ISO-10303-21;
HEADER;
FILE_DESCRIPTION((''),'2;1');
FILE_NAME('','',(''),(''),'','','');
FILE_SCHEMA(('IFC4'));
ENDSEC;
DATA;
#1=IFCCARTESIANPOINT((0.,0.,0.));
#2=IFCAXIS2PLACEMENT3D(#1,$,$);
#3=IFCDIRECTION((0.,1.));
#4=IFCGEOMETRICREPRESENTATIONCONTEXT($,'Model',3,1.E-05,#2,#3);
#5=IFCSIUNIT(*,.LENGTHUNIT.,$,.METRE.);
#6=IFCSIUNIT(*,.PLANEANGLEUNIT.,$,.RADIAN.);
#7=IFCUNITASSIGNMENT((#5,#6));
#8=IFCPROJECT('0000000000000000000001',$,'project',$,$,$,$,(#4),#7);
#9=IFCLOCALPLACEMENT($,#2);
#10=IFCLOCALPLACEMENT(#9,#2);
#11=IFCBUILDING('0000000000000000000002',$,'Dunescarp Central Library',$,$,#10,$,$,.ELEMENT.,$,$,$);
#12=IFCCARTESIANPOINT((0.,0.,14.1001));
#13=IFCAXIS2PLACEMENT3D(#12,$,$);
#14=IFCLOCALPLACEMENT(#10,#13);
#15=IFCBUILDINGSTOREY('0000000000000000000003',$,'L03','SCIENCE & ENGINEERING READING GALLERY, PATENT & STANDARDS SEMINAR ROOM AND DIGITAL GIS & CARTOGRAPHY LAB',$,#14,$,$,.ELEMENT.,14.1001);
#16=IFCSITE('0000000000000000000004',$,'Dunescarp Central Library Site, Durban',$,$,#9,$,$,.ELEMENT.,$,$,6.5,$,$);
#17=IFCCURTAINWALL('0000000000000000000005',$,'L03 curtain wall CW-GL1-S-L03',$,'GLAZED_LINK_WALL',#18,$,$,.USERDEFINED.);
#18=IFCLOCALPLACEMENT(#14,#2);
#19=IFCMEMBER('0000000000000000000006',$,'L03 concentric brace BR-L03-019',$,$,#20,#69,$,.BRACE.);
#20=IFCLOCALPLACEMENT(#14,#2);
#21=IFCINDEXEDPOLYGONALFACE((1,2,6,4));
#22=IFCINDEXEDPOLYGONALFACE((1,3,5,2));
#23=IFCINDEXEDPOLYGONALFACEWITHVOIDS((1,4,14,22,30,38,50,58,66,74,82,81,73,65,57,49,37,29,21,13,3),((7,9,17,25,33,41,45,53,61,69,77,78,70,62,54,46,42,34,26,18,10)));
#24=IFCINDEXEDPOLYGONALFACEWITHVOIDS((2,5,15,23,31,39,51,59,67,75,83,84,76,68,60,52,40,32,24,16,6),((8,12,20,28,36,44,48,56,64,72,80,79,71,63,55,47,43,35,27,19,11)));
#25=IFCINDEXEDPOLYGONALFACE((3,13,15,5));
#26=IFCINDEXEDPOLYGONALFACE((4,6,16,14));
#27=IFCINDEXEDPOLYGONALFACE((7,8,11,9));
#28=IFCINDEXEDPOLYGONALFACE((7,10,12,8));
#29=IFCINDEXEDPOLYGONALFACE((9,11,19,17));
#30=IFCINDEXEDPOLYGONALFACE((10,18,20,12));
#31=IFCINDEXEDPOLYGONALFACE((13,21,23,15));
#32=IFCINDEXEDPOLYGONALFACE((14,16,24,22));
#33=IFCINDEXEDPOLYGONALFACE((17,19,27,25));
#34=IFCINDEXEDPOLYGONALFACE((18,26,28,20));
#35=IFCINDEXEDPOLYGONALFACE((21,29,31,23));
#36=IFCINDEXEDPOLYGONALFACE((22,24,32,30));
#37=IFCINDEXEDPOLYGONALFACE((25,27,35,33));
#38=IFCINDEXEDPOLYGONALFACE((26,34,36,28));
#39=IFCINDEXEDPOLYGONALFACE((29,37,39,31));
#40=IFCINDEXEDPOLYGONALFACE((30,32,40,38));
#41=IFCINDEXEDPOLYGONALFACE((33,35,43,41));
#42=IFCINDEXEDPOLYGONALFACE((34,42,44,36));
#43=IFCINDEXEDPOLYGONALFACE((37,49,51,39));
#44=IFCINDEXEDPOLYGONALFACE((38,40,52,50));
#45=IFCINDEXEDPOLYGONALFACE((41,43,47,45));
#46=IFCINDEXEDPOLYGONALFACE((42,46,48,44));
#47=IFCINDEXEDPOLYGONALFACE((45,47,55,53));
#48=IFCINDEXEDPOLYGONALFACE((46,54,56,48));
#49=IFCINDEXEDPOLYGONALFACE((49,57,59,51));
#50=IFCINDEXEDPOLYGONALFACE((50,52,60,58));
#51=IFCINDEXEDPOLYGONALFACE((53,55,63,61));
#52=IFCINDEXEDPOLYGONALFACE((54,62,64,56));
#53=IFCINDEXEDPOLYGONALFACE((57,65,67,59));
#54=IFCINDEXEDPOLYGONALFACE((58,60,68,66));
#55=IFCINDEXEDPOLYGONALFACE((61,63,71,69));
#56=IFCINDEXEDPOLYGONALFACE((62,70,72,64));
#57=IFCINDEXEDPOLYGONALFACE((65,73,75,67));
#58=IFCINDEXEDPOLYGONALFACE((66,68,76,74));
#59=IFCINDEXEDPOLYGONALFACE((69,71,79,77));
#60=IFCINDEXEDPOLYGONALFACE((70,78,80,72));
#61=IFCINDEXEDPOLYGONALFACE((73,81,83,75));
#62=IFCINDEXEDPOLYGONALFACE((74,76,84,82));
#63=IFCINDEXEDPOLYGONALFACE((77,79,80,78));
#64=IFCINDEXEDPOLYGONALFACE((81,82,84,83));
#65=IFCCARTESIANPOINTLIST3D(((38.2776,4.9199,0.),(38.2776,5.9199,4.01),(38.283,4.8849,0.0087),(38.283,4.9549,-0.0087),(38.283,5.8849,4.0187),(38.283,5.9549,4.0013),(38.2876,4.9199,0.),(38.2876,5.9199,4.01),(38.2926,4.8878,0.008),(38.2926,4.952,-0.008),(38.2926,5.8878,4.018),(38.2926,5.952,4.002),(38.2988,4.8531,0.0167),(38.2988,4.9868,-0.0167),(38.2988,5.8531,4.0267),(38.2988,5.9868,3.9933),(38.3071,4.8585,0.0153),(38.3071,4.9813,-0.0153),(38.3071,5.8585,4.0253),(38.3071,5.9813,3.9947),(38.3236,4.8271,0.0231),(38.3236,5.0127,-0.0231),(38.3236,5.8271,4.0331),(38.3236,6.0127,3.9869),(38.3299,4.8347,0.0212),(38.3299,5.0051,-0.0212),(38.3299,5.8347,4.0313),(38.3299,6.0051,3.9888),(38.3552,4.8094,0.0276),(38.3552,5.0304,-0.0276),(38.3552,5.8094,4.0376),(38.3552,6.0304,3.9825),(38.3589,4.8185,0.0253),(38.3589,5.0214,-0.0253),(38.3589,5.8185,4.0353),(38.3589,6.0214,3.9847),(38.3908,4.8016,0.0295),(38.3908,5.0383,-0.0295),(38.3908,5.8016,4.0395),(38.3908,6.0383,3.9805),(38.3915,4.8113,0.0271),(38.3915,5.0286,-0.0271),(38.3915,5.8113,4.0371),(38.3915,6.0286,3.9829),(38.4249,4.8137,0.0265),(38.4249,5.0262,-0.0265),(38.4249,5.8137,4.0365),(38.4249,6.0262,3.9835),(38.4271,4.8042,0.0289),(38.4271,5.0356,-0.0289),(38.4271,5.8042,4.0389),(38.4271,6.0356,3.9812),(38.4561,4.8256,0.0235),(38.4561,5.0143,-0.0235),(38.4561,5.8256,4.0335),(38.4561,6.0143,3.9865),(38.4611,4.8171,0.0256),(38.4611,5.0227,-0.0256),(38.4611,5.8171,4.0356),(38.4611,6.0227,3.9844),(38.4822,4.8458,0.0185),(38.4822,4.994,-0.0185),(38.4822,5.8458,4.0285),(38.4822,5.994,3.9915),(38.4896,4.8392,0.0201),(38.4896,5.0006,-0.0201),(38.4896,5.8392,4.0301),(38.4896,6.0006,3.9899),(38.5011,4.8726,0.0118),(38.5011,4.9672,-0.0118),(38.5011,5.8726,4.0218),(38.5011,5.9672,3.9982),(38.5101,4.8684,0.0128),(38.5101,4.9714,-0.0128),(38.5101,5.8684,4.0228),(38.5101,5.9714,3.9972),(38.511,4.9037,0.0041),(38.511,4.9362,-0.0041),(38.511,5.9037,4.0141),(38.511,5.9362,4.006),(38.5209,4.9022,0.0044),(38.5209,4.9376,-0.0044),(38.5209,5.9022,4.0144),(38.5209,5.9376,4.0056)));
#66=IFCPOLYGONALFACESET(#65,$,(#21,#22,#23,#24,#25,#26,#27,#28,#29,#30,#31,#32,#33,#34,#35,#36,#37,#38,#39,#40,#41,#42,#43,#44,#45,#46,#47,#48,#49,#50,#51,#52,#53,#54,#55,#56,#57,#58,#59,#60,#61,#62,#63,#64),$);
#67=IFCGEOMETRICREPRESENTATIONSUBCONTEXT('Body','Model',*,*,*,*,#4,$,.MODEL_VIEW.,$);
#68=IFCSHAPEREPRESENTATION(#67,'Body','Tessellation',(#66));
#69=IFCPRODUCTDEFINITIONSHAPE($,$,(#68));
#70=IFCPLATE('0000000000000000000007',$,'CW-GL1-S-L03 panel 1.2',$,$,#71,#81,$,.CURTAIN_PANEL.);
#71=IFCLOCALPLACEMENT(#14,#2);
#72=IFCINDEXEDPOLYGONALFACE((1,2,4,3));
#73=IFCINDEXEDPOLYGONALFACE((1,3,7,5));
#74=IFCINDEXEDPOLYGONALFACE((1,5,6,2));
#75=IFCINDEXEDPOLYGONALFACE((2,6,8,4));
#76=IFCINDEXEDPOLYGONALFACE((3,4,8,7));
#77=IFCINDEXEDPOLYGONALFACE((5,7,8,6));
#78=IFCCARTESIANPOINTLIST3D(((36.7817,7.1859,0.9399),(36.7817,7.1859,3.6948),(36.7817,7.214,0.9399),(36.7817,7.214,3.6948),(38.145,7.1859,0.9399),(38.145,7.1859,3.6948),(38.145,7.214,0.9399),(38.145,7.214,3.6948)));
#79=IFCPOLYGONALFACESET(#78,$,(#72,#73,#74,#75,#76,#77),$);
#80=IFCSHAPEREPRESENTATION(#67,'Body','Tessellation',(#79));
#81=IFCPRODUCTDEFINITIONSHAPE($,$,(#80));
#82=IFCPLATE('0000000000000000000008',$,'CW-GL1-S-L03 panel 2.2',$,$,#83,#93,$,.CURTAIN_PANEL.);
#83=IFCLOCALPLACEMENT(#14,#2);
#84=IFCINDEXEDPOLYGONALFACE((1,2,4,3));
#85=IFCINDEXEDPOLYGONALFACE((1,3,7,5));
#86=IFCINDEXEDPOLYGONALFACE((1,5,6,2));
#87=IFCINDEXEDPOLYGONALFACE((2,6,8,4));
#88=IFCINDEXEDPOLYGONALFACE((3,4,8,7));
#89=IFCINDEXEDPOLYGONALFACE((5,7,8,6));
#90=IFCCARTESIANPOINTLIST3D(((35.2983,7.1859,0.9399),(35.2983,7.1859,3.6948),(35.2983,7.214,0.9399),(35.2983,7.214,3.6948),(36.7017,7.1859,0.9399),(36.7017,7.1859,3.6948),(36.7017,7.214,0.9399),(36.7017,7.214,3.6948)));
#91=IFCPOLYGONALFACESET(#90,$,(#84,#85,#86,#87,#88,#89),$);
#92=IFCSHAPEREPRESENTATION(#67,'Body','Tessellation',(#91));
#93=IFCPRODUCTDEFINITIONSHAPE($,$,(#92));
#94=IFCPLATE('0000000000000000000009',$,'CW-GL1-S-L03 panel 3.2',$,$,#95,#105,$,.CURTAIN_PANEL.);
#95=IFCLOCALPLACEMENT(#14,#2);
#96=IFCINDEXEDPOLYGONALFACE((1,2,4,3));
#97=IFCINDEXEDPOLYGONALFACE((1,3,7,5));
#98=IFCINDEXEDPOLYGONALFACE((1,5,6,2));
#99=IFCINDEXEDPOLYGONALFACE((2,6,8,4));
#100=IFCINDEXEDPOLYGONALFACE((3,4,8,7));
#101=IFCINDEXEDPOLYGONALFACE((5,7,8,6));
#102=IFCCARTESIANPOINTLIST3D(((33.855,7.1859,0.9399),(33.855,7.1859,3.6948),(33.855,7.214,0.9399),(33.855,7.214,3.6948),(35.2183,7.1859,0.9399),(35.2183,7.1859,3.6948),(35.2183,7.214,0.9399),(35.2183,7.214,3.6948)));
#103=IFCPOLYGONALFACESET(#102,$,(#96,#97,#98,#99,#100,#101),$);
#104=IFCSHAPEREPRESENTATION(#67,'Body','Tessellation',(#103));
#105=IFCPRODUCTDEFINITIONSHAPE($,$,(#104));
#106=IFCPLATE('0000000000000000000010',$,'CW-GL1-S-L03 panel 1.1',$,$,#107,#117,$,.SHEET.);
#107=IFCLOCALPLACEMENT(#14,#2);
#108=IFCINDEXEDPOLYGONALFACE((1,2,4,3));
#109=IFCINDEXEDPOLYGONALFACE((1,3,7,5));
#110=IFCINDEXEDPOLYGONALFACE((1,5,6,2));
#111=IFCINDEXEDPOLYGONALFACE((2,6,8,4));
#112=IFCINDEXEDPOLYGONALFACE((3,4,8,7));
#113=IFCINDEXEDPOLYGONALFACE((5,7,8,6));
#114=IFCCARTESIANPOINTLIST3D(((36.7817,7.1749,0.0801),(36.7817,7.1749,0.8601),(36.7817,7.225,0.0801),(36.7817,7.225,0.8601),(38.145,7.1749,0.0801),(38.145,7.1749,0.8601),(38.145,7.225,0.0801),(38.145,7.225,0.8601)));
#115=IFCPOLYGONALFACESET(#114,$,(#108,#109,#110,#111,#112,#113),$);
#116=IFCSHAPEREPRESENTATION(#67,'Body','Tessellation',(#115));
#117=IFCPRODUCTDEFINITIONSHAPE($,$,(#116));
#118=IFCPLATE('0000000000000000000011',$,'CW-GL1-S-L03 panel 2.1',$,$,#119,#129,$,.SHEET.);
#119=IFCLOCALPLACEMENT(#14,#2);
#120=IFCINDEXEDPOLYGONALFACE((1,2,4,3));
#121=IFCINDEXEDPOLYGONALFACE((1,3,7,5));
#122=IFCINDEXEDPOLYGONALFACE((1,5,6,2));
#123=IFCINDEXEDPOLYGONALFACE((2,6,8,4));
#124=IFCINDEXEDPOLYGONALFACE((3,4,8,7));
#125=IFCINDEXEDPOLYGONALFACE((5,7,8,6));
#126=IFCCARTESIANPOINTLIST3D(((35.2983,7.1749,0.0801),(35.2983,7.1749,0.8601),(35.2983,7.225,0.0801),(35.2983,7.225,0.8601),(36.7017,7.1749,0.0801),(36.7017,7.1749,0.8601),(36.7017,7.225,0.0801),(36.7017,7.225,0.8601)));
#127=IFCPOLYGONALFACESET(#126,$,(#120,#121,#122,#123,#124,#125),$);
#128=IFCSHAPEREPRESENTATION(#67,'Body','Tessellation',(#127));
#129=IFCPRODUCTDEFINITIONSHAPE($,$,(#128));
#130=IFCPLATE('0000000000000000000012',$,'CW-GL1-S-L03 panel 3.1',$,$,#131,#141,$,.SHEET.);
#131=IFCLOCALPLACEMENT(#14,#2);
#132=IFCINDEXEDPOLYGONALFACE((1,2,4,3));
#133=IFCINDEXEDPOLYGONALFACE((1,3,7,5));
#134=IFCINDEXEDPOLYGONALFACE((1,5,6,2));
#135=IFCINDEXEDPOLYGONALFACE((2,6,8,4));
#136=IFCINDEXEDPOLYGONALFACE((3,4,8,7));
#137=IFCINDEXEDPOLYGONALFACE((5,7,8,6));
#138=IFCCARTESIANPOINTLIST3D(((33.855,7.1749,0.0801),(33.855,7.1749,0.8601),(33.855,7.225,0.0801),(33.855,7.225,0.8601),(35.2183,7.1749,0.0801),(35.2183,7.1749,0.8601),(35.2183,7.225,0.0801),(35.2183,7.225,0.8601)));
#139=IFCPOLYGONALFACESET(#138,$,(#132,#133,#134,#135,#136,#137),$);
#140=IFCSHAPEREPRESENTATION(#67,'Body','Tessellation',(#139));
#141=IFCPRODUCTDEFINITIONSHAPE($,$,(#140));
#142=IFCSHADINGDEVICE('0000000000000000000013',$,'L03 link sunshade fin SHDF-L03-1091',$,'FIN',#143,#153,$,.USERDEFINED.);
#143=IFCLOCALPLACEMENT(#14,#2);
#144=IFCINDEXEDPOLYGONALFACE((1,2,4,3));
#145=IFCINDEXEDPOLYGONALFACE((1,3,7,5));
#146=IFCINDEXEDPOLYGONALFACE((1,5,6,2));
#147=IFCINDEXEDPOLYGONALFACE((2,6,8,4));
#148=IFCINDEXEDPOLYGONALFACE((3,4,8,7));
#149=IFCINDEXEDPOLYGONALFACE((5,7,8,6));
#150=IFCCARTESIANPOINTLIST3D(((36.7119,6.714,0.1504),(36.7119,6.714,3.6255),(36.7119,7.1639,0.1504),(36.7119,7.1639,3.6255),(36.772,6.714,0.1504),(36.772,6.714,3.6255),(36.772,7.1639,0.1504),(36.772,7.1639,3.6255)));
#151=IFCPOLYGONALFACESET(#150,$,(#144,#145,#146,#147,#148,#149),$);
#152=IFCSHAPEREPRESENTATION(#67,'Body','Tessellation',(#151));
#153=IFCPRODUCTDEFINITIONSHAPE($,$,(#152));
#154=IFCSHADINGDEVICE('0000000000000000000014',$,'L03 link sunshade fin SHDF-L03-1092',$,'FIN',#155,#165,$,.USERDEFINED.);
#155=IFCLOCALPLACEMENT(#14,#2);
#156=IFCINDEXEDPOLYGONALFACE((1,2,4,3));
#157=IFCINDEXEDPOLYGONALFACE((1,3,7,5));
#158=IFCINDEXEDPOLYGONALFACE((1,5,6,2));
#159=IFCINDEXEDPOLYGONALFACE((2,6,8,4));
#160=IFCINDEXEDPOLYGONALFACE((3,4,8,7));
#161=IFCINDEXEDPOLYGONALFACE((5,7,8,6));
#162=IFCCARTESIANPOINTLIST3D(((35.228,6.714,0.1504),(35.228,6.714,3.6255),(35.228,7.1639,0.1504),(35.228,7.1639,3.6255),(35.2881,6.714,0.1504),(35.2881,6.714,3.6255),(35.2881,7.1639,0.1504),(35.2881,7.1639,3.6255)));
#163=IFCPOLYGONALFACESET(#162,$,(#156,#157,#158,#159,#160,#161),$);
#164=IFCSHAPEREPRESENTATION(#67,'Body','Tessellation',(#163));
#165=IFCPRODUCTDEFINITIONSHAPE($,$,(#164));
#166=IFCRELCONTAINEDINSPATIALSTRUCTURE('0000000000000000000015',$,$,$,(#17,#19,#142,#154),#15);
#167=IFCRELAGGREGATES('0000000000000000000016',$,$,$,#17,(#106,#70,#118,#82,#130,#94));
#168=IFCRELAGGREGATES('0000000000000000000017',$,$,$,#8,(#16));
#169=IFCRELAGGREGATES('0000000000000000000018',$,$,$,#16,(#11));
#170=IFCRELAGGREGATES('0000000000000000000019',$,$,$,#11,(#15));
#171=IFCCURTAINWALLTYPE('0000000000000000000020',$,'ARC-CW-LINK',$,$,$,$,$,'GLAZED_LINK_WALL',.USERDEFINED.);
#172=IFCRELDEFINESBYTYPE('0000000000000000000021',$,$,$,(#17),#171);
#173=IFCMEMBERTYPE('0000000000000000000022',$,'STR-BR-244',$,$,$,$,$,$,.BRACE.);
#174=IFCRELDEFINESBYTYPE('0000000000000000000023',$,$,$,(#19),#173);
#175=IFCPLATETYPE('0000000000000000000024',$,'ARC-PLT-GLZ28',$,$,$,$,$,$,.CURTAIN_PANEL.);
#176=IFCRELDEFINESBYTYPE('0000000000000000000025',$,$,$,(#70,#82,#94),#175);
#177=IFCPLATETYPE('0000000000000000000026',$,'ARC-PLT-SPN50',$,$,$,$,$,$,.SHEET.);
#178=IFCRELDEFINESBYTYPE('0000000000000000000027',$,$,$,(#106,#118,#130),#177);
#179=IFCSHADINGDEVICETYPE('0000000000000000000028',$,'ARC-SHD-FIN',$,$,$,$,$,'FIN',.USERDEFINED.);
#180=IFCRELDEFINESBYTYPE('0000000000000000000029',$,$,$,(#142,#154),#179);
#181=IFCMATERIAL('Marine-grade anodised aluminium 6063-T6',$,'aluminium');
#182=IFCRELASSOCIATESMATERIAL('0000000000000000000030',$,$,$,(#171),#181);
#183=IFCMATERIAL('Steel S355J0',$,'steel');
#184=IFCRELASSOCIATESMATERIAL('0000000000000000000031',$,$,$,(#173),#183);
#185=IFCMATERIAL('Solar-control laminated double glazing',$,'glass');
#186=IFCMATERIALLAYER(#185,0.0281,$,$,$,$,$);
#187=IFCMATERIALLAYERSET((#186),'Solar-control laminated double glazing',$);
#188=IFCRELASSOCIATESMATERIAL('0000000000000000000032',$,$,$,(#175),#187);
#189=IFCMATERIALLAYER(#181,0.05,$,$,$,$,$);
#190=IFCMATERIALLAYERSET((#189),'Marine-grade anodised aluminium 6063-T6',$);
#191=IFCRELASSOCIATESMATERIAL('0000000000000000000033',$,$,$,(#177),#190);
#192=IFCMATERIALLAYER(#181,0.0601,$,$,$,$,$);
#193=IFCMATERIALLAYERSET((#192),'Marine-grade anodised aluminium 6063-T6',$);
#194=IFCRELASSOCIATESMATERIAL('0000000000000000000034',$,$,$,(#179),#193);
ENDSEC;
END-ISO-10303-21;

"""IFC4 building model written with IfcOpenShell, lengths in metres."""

from ifc_helpers import new_model, si_unit, direction, frame, origin, origin_2d, place, context, subcontext, project, spatial, rectangle, hollow_circle, extrude, material, layer, layer_set, material_profile, profile_set, type_object, element, aggregate, save


model = new_model("IFC4")

# Units and contexts
model_context = context("Model", 3, precision=1e-05, world=origin(), true_north=direction((0.0, 1.0)))
body_context = subcontext(model_context, "Body", "Model", "MODEL_VIEW")
ifc_project = project(units=[si_unit("LENGTHUNIT", "METRE"), si_unit("PLANEANGLEUNIT", "RADIAN")], contexts=[model_context])

# Site, building, storey
site_placement = place(None, origin())
site = spatial("IfcSite", under=ifc_project, at=site_placement, Name="Dunescarp Central Library Site, Durban", CompositionType="ELEMENT", RefElevation=6.5)
building_placement = place(site_placement, origin())
building = spatial("IfcBuilding", under=site, at=building_placement, Name="Dunescarp Central Library", CompositionType="ELEMENT")
storey_placement = place(building_placement, frame((0.0, 0.0, 14.1001)))
storey = spatial("IfcBuildingStorey", under=building, at=storey_placement, Name="L03", Description="SCIENCE & ENGINEERING READING GALLERY, PATENT & STANDARDS SEMINAR ROOM AND DIGITAL GIS & CARTOGRAPHY LAB", CompositionType="ELEMENT", Elevation=14.1001)

# Curtain wall
ifc_material_1 = material(Name="Marine-grade anodised aluminium 6063-T6", Category="aluminium")
curtain_wall_type = type_object("IfcCurtainWallType", Name="ARC-CW-LINK", ElementType="GLAZED_LINK_WALL", PredefinedType="USERDEFINED", material=ifc_material_1)
curtain_wall_placement = place(storey_placement, origin())
curtain_wall = element("IfcCurtainWall", 1, at=curtain_wall_placement, inside=storey, type_object=curtain_wall_type, Name="L03 curtain wall CW-GL1-S-L03", ObjectType="GLAZED_LINK_WALL", PredefinedType="USERDEFINED")

# Member
ifc_material_2 = material(Name="Steel S355J0", Category="steel")
ifc_material_profile_1 = material_profile(ifc_material_2, hollow_circle(Radius=0.1223, WallThickness=0.01, at=origin_2d()), Name="CHS 244.5x10")
ifc_profile_set_1 = profile_set([ifc_material_profile_1], Name="Steel S355J0")
member_type_1 = type_object("IfcMemberType", Name="STR-BR-244", PredefinedType="BRACE", material=ifc_profile_set_1)
member_1_placement = place(storey_placement, frame((38.3999, 4.9199, 0.0), z_axis=(0.0, 0.241966, 0.970285), x_axis=(-1.0, 0.0, 0.0)))
element("IfcMember", 2, at=member_1_placement, inside=storey, type_object=member_type_1, Name="L03 concentric brace BR-L03-019", PredefinedType="BRACE", context=body_context, shape_type="SweptSolid", body=[
    extrude(hollow_circle(Radius=0.1223, WallThickness=0.01, at=origin_2d()), origin(), (0.0, 0.0, 1.0), 4.1328),
])

# Plates
ifc_material_3 = material(Name="Solar-control laminated double glazing", Category="glass")
ifc_layer_1 = layer(ifc_material_3, 0.0281)
ifc_layer_set_1 = layer_set([ifc_layer_1], Name="Solar-control laminated double glazing")
plate_type_1 = type_object("IfcPlateType", Name="ARC-PLT-GLZ28", PredefinedType="CURTAIN_PANEL", material=ifc_layer_set_1)
plate_1_placement = place(storey_placement, frame((37.4634, 7.2, 0.9399), z_axis=(0.0, 0.0, 1.0), x_axis=(-1.0, 0.0, 0.0)))
plate_1 = element("IfcPlate", 3, at=plate_1_placement, type_object=plate_type_1, Name="CW-GL1-S-L03 panel 1.2", PredefinedType="CURTAIN_PANEL", context=body_context, shape_type="SweptSolid", body=[
    extrude(rectangle(XDim=1.3633, YDim=0.0281, at=origin_2d()), origin(), (0.0, 0.0, 1.0), 2.7549),
])
plate_2_placement = place(storey_placement, frame((36.0, 7.2, 0.9399), z_axis=(0.0, 0.0, 1.0), x_axis=(-1.0, 0.0, 0.0)))
plate_2 = element("IfcPlate", 4, at=plate_2_placement, type_object=plate_type_1, Name="CW-GL1-S-L03 panel 2.2", PredefinedType="CURTAIN_PANEL", context=body_context, shape_type="SweptSolid", body=[
    extrude(rectangle(XDim=1.4033, YDim=0.0281, at=origin_2d()), origin(), (0.0, 0.0, 1.0), 2.7549),
])
plate_3_placement = place(storey_placement, frame((34.5366, 7.2, 0.9399), z_axis=(0.0, 0.0, 1.0), x_axis=(-1.0, 0.0, 0.0)))
plate_3 = element("IfcPlate", 5, at=plate_3_placement, type_object=plate_type_1, Name="CW-GL1-S-L03 panel 3.2", PredefinedType="CURTAIN_PANEL", context=body_context, shape_type="SweptSolid", body=[
    extrude(rectangle(XDim=1.3633, YDim=0.0281, at=origin_2d()), origin(), (0.0, 0.0, 1.0), 2.7549),
])
ifc_layer_2 = layer(ifc_material_1, 0.05)
ifc_layer_set_2 = layer_set([ifc_layer_2], Name="Marine-grade anodised aluminium 6063-T6")
plate_type_2 = type_object("IfcPlateType", Name="ARC-PLT-SPN50", PredefinedType="SHEET", material=ifc_layer_set_2)
plate_4_placement = place(storey_placement, frame((37.4634, 7.2, 0.0801), z_axis=(0.0, 0.0, 1.0), x_axis=(-1.0, 0.0, 0.0)))
plate_4 = element("IfcPlate", 6, at=plate_4_placement, type_object=plate_type_2, Name="CW-GL1-S-L03 panel 1.1", PredefinedType="SHEET", context=body_context, shape_type="SweptSolid", body=[
    extrude(rectangle(XDim=1.3633, YDim=0.05, at=origin_2d()), origin(), (0.0, 0.0, 1.0), 0.78),
])
plate_5_placement = place(storey_placement, frame((36.0, 7.2, 0.0801), z_axis=(0.0, 0.0, 1.0), x_axis=(-1.0, 0.0, 0.0)))
plate_5 = element("IfcPlate", 7, at=plate_5_placement, type_object=plate_type_2, Name="CW-GL1-S-L03 panel 2.1", PredefinedType="SHEET", context=body_context, shape_type="SweptSolid", body=[
    extrude(rectangle(XDim=1.4033, YDim=0.05, at=origin_2d()), origin(), (0.0, 0.0, 1.0), 0.78),
])
plate_6_placement = place(storey_placement, frame((34.5366, 7.2, 0.0801), z_axis=(0.0, 0.0, 1.0), x_axis=(-1.0, 0.0, 0.0)))
plate_6 = element("IfcPlate", 8, at=plate_6_placement, type_object=plate_type_2, Name="CW-GL1-S-L03 panel 3.1", PredefinedType="SHEET", context=body_context, shape_type="SweptSolid", body=[
    extrude(rectangle(XDim=1.3633, YDim=0.05, at=origin_2d()), origin(), (0.0, 0.0, 1.0), 0.78),
])
aggregate(curtain_wall, [plate_4, plate_1, plate_5, plate_2, plate_6, plate_3])

# Shading devices
ifc_layer_3 = layer(ifc_material_1, 0.0601)
ifc_layer_set_3 = layer_set([ifc_layer_3], Name="Marine-grade anodised aluminium 6063-T6")
shading_device_type = type_object("IfcShadingDeviceType", Name="ARC-SHD-FIN", ElementType="FIN", PredefinedType="USERDEFINED", material=ifc_layer_set_3)
for number, where, z_axis, x_axis, name in (
    (9, (36.7419, 6.939, 0.1504), (0.0, 0.0, 1.0), (0.0, -1.0, 0.0), "L03 link sunshade fin SHDF-L03-1091"),
    (10, (35.2581, 6.939, 0.1504), (0.0, 0.0, 1.0), (0.0, -1.0, 0.0), "L03 link sunshade fin SHDF-L03-1092"),
):
    element("IfcShadingDevice", number, at=place(storey_placement, frame(where, z_axis=z_axis, x_axis=x_axis)), inside=storey, type_object=shading_device_type, Name=name, ObjectType="FIN", PredefinedType="USERDEFINED", context=body_context, shape_type="SweptSolid", body=[
        extrude(rectangle(XDim=0.45, YDim=0.0601, at=origin_2d()), origin(), (0.0, 0.0, 1.0), 3.4751),
    ])

save(model, "model.ifc")
